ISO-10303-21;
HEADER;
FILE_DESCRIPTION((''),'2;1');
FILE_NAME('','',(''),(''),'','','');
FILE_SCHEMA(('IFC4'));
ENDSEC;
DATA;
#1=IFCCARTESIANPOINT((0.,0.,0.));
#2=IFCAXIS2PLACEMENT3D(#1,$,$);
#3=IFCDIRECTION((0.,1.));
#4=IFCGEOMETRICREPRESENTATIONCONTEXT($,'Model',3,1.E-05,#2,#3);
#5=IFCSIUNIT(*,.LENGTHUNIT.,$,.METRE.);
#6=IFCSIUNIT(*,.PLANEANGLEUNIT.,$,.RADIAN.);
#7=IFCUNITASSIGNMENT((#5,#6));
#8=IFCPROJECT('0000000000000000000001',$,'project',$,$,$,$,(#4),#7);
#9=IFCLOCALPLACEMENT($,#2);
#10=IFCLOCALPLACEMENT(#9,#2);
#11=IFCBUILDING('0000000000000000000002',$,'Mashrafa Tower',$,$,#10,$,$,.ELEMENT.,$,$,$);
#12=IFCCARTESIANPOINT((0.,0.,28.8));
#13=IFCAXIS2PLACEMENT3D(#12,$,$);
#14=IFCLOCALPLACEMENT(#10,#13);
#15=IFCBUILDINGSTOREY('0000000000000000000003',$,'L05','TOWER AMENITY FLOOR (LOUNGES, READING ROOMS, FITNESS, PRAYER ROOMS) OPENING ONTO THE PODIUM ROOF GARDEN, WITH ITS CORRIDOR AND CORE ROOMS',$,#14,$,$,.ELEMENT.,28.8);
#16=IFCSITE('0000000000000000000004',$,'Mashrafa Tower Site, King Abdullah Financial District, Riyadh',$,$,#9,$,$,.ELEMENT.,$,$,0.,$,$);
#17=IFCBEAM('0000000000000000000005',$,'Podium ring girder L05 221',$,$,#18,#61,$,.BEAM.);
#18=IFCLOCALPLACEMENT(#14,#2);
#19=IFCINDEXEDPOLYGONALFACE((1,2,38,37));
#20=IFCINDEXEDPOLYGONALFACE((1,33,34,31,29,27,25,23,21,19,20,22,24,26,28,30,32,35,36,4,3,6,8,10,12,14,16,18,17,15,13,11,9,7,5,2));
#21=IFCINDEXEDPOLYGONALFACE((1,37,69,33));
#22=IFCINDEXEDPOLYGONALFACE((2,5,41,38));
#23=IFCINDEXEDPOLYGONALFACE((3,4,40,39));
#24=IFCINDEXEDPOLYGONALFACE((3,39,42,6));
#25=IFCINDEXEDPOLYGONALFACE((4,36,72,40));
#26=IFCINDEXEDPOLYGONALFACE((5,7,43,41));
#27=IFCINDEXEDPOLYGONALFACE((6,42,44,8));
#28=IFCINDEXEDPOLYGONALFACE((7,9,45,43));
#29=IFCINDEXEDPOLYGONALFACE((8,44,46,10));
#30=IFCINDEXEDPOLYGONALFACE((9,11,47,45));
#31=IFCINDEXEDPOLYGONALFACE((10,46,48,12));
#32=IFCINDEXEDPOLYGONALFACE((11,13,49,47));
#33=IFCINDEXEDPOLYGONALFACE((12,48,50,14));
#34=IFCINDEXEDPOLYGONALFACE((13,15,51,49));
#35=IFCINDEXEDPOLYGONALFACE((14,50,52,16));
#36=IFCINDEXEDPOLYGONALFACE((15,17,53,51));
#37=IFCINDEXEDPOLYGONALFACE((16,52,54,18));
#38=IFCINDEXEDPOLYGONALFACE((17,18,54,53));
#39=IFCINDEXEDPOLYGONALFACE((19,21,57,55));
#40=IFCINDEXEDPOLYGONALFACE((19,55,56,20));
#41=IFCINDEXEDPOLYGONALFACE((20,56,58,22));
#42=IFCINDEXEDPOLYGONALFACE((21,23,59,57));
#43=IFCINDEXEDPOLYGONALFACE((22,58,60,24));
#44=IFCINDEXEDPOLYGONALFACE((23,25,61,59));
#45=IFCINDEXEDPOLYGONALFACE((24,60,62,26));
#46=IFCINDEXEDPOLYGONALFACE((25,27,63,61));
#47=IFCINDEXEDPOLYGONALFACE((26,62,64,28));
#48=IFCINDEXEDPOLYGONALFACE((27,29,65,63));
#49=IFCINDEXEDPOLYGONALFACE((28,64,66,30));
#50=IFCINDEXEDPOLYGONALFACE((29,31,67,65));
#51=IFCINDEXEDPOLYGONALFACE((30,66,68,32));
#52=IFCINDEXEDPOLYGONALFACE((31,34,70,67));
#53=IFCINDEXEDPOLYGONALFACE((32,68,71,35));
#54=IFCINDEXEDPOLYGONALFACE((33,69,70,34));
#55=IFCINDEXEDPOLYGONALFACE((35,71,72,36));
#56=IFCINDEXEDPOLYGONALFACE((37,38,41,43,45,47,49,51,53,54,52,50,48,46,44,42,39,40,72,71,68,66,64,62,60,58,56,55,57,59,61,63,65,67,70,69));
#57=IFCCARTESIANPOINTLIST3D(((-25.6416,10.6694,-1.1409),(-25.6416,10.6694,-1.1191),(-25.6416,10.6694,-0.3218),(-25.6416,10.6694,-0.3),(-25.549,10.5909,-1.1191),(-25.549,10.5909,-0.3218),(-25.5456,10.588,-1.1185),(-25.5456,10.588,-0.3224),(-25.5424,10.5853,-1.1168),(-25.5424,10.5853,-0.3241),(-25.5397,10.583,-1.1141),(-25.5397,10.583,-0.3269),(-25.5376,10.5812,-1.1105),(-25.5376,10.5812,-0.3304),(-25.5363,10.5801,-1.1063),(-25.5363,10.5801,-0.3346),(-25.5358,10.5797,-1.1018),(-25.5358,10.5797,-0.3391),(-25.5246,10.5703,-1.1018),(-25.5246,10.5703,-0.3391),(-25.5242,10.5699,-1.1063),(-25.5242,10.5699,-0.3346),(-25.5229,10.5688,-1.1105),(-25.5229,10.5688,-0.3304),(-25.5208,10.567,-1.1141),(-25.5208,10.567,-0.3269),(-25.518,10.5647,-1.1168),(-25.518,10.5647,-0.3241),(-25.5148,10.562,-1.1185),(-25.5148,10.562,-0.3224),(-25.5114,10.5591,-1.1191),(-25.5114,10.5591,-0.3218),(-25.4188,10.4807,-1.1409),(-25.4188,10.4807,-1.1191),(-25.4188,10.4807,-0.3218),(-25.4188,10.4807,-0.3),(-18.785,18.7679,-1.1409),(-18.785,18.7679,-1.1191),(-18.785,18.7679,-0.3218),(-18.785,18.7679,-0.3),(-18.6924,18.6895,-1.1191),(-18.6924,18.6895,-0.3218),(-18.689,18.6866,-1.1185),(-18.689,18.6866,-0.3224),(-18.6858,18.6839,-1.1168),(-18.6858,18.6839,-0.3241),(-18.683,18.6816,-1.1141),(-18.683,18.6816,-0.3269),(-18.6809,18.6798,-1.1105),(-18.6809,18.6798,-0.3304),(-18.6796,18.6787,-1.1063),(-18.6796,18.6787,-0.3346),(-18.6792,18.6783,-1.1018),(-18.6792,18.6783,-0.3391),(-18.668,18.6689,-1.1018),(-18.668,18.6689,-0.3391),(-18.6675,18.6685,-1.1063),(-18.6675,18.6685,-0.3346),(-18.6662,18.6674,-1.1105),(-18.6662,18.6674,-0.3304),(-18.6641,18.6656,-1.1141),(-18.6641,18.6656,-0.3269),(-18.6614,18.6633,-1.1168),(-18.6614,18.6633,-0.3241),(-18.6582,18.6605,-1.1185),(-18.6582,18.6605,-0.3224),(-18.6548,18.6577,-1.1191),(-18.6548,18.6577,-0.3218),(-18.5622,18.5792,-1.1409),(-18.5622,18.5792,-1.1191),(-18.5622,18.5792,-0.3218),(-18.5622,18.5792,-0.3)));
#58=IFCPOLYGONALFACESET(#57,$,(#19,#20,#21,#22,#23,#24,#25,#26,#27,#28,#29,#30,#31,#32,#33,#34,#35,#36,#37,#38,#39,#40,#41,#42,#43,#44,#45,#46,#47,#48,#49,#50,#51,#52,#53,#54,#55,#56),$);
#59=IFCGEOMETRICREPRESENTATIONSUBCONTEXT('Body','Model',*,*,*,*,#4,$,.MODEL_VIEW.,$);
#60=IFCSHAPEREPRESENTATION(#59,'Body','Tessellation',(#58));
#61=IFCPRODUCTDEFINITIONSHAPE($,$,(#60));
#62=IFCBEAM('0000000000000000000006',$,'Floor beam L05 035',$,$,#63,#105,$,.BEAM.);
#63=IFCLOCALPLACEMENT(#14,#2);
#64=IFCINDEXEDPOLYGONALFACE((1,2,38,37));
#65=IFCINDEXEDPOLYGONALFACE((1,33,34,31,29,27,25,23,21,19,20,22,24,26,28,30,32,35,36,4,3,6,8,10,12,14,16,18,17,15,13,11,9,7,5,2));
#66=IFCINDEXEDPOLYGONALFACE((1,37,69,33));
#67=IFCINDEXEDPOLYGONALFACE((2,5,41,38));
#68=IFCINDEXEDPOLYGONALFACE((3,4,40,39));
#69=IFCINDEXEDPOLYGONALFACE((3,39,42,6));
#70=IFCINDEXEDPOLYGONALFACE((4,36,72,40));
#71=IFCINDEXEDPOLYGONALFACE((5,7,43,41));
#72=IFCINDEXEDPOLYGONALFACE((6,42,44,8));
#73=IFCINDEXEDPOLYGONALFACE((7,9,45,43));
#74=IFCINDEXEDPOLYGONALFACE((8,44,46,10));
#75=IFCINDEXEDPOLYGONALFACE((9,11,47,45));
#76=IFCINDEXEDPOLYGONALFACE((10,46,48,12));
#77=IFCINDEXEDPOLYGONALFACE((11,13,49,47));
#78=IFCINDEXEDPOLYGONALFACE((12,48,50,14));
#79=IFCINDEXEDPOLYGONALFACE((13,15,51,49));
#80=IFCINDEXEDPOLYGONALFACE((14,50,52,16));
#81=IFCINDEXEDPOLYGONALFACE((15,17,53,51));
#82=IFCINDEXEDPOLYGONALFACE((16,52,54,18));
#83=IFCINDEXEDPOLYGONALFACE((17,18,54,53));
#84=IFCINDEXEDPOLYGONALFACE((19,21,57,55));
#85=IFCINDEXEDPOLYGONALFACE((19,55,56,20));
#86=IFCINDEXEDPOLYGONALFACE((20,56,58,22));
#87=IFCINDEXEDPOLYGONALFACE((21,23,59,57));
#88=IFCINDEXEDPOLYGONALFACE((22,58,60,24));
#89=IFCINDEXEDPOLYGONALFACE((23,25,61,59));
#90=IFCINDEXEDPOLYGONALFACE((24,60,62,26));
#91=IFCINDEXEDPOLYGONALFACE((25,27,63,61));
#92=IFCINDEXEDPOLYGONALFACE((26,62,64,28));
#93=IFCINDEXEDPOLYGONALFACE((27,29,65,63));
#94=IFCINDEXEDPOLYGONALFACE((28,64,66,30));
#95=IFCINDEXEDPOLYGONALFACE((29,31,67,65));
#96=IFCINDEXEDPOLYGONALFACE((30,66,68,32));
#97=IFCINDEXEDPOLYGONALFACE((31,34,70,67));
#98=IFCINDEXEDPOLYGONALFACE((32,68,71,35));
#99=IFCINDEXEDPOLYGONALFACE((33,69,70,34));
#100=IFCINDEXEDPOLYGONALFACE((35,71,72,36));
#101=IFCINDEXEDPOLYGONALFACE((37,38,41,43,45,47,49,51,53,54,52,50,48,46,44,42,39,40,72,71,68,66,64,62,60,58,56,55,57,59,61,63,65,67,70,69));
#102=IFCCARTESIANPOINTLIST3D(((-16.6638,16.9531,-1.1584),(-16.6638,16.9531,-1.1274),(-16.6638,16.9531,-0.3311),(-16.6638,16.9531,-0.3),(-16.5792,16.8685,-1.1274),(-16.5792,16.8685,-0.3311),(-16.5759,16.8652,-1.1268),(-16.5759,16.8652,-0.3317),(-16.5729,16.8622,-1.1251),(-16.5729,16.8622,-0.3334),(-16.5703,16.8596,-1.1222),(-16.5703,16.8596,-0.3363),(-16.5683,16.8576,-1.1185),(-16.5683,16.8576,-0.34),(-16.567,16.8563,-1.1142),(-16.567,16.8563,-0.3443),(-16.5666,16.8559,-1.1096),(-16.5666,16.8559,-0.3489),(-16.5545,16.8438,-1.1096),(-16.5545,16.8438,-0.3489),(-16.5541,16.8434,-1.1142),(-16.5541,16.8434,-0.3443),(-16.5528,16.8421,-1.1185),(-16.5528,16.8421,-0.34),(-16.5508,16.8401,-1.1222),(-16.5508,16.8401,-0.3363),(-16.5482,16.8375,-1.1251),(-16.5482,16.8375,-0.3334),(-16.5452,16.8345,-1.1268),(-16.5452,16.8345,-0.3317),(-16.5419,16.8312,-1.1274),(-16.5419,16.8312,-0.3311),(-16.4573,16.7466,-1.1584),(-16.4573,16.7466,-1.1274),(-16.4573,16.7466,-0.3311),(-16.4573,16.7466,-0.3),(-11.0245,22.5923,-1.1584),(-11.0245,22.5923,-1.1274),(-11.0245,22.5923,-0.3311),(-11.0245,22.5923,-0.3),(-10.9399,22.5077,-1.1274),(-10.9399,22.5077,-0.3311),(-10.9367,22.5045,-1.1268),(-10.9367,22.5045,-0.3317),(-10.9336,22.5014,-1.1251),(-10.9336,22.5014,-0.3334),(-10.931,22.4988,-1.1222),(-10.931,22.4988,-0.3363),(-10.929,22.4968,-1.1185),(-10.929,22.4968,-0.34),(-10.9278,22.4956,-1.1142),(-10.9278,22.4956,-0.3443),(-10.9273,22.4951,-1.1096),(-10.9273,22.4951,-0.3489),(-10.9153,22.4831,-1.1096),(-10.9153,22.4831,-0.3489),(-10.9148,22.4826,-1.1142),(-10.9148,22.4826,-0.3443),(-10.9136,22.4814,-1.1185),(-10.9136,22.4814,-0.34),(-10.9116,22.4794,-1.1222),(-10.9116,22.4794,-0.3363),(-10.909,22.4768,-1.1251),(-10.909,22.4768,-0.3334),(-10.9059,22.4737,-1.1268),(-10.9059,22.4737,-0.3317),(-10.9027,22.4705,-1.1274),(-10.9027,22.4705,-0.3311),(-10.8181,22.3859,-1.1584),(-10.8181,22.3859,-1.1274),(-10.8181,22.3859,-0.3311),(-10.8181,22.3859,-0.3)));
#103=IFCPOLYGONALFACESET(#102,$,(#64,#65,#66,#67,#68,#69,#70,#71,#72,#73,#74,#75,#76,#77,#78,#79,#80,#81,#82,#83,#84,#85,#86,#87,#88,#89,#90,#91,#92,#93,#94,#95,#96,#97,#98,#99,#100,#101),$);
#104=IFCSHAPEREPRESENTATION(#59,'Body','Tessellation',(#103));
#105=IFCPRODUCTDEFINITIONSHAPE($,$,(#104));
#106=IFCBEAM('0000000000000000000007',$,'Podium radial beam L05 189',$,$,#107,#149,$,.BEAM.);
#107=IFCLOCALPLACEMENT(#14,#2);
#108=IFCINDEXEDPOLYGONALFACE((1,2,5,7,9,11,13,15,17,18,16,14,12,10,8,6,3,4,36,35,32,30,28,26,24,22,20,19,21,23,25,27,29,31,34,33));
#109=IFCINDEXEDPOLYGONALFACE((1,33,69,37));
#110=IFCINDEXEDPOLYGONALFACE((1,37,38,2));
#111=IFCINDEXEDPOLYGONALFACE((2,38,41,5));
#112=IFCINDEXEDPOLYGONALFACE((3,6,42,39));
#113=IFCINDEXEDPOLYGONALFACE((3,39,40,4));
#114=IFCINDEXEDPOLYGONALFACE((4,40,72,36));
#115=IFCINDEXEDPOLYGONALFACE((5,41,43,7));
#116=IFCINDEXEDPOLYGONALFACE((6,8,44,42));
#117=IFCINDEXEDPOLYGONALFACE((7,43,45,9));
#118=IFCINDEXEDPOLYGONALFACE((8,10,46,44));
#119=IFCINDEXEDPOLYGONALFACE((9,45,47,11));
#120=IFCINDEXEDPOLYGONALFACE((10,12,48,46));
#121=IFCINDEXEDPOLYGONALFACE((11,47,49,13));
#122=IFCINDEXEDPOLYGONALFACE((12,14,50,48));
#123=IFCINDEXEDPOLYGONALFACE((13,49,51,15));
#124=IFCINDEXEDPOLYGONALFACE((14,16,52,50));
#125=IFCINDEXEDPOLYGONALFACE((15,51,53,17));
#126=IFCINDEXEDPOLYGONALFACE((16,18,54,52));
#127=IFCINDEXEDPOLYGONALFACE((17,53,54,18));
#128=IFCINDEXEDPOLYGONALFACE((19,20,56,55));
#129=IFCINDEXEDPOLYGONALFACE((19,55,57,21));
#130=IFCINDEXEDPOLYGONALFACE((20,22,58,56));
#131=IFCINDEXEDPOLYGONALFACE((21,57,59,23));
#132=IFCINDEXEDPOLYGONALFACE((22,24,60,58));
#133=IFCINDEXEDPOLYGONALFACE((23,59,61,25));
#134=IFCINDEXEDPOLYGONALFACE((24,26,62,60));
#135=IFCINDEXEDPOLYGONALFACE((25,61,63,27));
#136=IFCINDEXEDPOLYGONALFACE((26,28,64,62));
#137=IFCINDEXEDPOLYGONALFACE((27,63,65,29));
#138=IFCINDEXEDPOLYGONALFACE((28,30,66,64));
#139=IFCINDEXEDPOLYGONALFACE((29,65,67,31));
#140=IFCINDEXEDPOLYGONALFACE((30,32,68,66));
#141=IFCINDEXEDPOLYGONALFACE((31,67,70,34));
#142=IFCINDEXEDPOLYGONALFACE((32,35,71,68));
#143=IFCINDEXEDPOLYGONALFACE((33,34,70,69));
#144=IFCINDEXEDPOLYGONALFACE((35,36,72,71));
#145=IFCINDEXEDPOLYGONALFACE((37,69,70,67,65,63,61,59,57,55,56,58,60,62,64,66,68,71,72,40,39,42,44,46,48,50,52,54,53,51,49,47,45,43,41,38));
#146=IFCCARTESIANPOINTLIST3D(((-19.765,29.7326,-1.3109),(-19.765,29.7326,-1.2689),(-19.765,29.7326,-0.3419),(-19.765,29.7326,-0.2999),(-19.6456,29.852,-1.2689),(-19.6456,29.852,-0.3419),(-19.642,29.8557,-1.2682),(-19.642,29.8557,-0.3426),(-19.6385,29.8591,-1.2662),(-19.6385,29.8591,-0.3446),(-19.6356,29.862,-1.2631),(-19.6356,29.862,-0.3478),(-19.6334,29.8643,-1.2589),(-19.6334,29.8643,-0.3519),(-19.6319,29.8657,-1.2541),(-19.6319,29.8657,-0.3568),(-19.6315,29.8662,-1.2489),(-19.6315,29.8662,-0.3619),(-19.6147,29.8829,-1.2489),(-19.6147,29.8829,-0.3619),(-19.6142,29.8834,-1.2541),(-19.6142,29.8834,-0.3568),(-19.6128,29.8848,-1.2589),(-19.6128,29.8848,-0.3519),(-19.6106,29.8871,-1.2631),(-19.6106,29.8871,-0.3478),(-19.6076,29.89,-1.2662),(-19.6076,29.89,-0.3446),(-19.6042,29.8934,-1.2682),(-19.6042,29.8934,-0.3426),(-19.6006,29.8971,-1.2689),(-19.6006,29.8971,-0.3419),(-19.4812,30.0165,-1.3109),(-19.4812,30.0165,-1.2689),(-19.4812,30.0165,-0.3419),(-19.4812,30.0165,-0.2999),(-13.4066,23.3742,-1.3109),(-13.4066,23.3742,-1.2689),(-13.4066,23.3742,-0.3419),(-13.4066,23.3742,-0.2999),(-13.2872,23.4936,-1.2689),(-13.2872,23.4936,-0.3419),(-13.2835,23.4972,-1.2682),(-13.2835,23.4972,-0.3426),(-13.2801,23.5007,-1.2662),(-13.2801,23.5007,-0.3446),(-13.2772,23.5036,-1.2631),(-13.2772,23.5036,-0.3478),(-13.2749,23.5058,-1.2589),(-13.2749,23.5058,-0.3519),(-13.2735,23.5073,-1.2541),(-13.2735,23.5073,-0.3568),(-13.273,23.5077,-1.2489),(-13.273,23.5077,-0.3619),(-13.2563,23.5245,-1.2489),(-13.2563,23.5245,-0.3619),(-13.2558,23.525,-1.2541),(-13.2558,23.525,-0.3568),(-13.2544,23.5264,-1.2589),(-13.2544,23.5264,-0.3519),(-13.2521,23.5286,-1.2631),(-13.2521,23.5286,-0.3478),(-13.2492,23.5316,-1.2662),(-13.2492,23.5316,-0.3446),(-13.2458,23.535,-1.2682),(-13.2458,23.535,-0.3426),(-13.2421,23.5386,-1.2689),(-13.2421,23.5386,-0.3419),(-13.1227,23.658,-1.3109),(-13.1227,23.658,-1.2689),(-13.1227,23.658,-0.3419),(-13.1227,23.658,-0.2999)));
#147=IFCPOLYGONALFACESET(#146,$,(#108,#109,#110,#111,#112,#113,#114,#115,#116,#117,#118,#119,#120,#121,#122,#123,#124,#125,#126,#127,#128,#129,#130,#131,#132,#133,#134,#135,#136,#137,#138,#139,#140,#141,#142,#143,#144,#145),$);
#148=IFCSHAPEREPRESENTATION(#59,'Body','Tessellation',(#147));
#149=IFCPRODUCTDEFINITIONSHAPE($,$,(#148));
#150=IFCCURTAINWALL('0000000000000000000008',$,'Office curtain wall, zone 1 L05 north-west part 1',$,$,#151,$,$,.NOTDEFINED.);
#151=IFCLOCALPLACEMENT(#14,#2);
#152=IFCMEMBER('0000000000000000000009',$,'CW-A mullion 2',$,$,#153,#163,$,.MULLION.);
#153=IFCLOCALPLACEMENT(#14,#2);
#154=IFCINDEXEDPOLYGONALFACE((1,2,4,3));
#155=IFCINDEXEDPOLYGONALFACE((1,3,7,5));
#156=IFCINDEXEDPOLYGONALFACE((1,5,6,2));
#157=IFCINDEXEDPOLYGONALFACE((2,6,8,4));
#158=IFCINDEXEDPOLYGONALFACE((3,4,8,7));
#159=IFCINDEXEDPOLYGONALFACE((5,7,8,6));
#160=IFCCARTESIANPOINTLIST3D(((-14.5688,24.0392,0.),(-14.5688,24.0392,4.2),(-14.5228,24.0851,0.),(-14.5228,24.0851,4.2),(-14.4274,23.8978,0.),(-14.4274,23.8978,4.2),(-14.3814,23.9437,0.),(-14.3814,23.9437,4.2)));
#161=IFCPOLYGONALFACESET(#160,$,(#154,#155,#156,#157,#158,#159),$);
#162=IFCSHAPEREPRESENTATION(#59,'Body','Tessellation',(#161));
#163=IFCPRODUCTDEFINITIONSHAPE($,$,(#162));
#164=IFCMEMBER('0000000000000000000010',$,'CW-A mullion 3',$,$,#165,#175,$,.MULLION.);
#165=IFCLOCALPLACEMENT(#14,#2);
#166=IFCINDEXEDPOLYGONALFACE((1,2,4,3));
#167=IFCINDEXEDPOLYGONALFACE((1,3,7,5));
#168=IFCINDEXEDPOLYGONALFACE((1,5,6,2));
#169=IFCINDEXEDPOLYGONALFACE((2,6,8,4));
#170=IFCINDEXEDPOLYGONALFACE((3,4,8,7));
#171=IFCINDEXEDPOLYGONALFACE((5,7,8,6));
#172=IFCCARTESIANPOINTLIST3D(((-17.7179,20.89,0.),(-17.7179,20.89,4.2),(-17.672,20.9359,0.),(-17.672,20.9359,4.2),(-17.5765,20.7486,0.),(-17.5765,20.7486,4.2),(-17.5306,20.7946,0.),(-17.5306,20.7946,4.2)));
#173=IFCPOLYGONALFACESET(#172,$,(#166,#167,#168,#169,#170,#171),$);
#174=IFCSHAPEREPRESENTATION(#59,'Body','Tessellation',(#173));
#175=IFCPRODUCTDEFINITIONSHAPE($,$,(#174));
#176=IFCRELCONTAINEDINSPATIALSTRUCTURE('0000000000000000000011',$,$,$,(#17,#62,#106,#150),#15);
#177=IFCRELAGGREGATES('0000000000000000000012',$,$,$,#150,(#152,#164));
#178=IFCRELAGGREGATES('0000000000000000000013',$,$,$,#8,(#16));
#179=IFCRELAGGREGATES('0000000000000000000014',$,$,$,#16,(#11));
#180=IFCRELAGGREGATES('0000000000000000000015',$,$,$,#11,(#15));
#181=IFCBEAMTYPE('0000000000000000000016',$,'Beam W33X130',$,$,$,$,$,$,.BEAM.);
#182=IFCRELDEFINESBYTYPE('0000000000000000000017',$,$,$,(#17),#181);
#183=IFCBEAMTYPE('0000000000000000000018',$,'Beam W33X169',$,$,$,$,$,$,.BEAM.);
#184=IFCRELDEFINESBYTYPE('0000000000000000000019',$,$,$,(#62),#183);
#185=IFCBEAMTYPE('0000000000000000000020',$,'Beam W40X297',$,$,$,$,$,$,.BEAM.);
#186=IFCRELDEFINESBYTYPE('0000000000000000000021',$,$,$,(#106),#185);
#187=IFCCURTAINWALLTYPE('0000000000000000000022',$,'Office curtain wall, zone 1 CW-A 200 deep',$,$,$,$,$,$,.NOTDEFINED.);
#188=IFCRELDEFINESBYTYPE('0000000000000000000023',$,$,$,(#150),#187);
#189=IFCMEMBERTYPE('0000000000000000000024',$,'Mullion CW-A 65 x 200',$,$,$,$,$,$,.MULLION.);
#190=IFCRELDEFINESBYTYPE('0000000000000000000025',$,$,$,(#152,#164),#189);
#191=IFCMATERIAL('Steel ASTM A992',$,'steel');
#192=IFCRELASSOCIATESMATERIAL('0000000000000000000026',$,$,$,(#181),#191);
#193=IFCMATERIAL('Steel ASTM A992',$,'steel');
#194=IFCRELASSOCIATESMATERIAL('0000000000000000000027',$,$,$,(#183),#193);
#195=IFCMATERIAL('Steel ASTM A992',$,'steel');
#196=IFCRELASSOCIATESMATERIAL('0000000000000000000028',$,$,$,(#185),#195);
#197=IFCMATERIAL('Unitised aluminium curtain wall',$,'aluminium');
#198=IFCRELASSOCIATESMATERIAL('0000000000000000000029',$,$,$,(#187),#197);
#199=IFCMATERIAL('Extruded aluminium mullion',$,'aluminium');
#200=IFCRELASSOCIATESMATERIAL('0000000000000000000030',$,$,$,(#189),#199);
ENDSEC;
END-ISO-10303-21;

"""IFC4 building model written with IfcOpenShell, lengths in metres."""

from ifc_helpers import new_model, si_unit, direction, frame, origin, origin_2d, place, context, subcontext, project, spatial, rectangle, i_section, extrude, source, transform, mapped, material, material_profile, profile_set, type_object, type_shapes, element, aggregate, save


model = new_model("IFC4")

# Units and contexts
model_context = context("Model", 3, precision=1e-05, world=origin(), true_north=direction((0.0, 1.0)))
body_context = subcontext(model_context, "Body", "Model", "MODEL_VIEW")
ifc_project = project(units=[si_unit("LENGTHUNIT", "METRE"), si_unit("PLANEANGLEUNIT", "RADIAN")], contexts=[model_context])

# Site, building, storey
site_placement = place(None, origin())
site = spatial("IfcSite", under=ifc_project, at=site_placement, Name="Mashrafa Tower Site, King Abdullah Financial District, Riyadh", CompositionType="ELEMENT", RefElevation=0.0)
building_placement = place(site_placement, origin())
building = spatial("IfcBuilding", under=site, at=building_placement, Name="Mashrafa Tower", CompositionType="ELEMENT")
storey_placement = place(building_placement, frame((0.0, 0.0, 28.8)))
storey = spatial("IfcBuildingStorey", under=building, at=storey_placement, Name="L05", Description="TOWER AMENITY FLOOR (LOUNGES, READING ROOMS, FITNESS, PRAYER ROOMS) OPENING ONTO THE PODIUM ROOF GARDEN, WITH ITS CORRIDOR AND CORE ROOMS", CompositionType="ELEMENT", Elevation=28.8)

# Beams
ifc_material_1 = material(Name="Steel ASTM A992", Category="steel")
ifc_material_profile_1 = material_profile(ifc_material_1, i_section(OverallWidth=0.292, OverallDepth=0.8408, WebThickness=0.0146, FlangeThickness=0.0217, FilletRadius=0.0173, at=origin_2d()), Name="W33X130")
ifc_profile_set_1 = profile_set([ifc_material_profile_1], Name="Steel ASTM A992")
beam_type_1 = type_object("IfcBeamType", Name="Beam W33X130", PredefinedType="BEAM", material=ifc_profile_set_1)
beam_1_placement = place(storey_placement, frame((-18.6736, 18.6736, -0.7205), z_axis=(-0.646162, -0.7632, 0.0), x_axis=(0.7632, -0.646162, 0.0)))
element("IfcBeam", 1, at=beam_1_placement, inside=storey, type_object=beam_type_1, Name="Podium ring girder L05 221", PredefinedType="BEAM", context=body_context, shape_type="SweptSolid", body=[
    extrude(i_section(OverallWidth=0.292, OverallDepth=0.8408, WebThickness=0.0146, FlangeThickness=0.0217, FilletRadius=0.0173, at=origin_2d()), origin(), (0.0, 0.0, 1.0), 10.6113),
])
ifc_material_2 = material(Name="Steel ASTM A992", Category="steel")
ifc_material_profile_2 = material_profile(ifc_material_2, i_section(OverallWidth=0.292, OverallDepth=0.8584, WebThickness=0.0171, FlangeThickness=0.031, FilletRadius=0.0178, at=origin_2d()), Name="W33X169")
ifc_profile_set_2 = profile_set([ifc_material_profile_2], Name="Steel ASTM A992")
beam_type_2 = type_object("IfcBeamType", Name="Beam W33X169", PredefinedType="BEAM", material=ifc_profile_set_2)
beam_2_placement = place(storey_placement, frame((-16.5605, 16.8499, -0.7292), z_axis=(0.707107, 0.707107, 0.0), x_axis=(-0.707107, 0.707107, 0.0)))
element("IfcBeam", 2, at=beam_2_placement, inside=storey, type_object=beam_type_2, Name="Floor beam L05 035", PredefinedType="BEAM", context=body_context, shape_type="SweptSolid", body=[
    extrude(i_section(OverallWidth=0.292, OverallDepth=0.8584, WebThickness=0.0171, FlangeThickness=0.031, FilletRadius=0.0178, at=origin_2d()), origin(), (0.0, 0.0, 1.0), 7.9751),
])
ifc_material_3 = material(Name="Steel ASTM A992", Category="steel")
ifc_material_profile_3 = material_profile(ifc_material_3, i_section(OverallWidth=0.4014, OverallDepth=1.011, WebThickness=0.0237, FlangeThickness=0.042, FilletRadius=0.02, at=origin_2d()), Name="W40X297")
ifc_profile_set_3 = profile_set([ifc_material_profile_3], Name="Steel ASTM A992")
beam_type_3 = type_object("IfcBeamType", Name="Beam W40X297", PredefinedType="BEAM", material=ifc_profile_set_3)
beam_3_placement = place(storey_placement, frame((-13.2646, 23.5161, -0.8054), z_axis=(-0.707107, 0.707107, 0.0), x_axis=(-0.707107, -0.707107, 0.0)))
element("IfcBeam", 3, at=beam_3_placement, inside=storey, type_object=beam_type_3, Name="Podium radial beam L05 189", PredefinedType="BEAM", context=body_context, shape_type="SweptSolid", body=[
    extrude(i_section(OverallWidth=0.4014, OverallDepth=1.011, WebThickness=0.0237, FlangeThickness=0.042, FilletRadius=0.02, at=origin_2d()), origin(), (0.0, 0.0, 1.0), 8.9922),
])

# Curtain wall, members
ifc_material_4 = material(Name="Unitised aluminium curtain wall", Category="aluminium")
curtain_wall_type = type_object("IfcCurtainWallType", Name="Office curtain wall, zone 1 CW-A 200 deep", PredefinedType="NOTDEFINED", material=ifc_material_4)
curtain_wall_placement = place(storey_placement, origin())
curtain_wall = element("IfcCurtainWall", 4, at=curtain_wall_placement, inside=storey, type_object=curtain_wall_type, Name="Office curtain wall, zone 1 L05 north-west part 1", PredefinedType="NOTDEFINED")
ifc_material_5 = material(Name="Extruded aluminium mullion", Category="aluminium")
ifc_material_profile_4 = material_profile(ifc_material_5, rectangle(XDim=0.2, YDim=0.0649, at=origin_2d()), Name="Mullion 65x200")
ifc_profile_set_4 = profile_set([ifc_material_profile_4], Name="Extruded aluminium mullion")
member_type_1 = type_object("IfcMemberType", Name="Mullion CW-A 65 x 200", PredefinedType="MULLION", material=ifc_profile_set_4)
shared_shape_1 = source(origin(), body_context, "Body", "SweptSolid", [
    extrude(rectangle(XDim=0.2, YDim=0.0649, at=origin_2d()), origin(), (0.0, 0.0, 1.0), 4.2),
])
type_shapes(member_type_1, [shared_shape_1])
member_1_placement = place(storey_placement, frame((-14.4751, 23.9915, 0.0), z_axis=(0.0, 0.0, 1.0), x_axis=(0.707107, -0.707107, 0.0)))
member_1 = element("IfcMember", 5, at=member_1_placement, type_object=member_type_1, Name="CW-A mullion 2", PredefinedType="MULLION", context=body_context, shape_type="MappedRepresentation", body=[
    mapped(shared_shape_1, transform((0.0, 0.0, 0.0))),
])
member_2_placement = place(storey_placement, frame((-17.6243, 20.8423, 0.0), z_axis=(0.0, 0.0, 1.0), x_axis=(0.707107, -0.707107, 0.0)))
member_2 = element("IfcMember", 6, at=member_2_placement, type_object=member_type_1, Name="CW-A mullion 3", PredefinedType="MULLION", context=body_context, shape_type="MappedRepresentation", body=[
    mapped(shared_shape_1, transform((0.0, 0.0, 0.0))),
])
aggregate(curtain_wall, [member_1, member_2])

save(model, "model.ifc")
